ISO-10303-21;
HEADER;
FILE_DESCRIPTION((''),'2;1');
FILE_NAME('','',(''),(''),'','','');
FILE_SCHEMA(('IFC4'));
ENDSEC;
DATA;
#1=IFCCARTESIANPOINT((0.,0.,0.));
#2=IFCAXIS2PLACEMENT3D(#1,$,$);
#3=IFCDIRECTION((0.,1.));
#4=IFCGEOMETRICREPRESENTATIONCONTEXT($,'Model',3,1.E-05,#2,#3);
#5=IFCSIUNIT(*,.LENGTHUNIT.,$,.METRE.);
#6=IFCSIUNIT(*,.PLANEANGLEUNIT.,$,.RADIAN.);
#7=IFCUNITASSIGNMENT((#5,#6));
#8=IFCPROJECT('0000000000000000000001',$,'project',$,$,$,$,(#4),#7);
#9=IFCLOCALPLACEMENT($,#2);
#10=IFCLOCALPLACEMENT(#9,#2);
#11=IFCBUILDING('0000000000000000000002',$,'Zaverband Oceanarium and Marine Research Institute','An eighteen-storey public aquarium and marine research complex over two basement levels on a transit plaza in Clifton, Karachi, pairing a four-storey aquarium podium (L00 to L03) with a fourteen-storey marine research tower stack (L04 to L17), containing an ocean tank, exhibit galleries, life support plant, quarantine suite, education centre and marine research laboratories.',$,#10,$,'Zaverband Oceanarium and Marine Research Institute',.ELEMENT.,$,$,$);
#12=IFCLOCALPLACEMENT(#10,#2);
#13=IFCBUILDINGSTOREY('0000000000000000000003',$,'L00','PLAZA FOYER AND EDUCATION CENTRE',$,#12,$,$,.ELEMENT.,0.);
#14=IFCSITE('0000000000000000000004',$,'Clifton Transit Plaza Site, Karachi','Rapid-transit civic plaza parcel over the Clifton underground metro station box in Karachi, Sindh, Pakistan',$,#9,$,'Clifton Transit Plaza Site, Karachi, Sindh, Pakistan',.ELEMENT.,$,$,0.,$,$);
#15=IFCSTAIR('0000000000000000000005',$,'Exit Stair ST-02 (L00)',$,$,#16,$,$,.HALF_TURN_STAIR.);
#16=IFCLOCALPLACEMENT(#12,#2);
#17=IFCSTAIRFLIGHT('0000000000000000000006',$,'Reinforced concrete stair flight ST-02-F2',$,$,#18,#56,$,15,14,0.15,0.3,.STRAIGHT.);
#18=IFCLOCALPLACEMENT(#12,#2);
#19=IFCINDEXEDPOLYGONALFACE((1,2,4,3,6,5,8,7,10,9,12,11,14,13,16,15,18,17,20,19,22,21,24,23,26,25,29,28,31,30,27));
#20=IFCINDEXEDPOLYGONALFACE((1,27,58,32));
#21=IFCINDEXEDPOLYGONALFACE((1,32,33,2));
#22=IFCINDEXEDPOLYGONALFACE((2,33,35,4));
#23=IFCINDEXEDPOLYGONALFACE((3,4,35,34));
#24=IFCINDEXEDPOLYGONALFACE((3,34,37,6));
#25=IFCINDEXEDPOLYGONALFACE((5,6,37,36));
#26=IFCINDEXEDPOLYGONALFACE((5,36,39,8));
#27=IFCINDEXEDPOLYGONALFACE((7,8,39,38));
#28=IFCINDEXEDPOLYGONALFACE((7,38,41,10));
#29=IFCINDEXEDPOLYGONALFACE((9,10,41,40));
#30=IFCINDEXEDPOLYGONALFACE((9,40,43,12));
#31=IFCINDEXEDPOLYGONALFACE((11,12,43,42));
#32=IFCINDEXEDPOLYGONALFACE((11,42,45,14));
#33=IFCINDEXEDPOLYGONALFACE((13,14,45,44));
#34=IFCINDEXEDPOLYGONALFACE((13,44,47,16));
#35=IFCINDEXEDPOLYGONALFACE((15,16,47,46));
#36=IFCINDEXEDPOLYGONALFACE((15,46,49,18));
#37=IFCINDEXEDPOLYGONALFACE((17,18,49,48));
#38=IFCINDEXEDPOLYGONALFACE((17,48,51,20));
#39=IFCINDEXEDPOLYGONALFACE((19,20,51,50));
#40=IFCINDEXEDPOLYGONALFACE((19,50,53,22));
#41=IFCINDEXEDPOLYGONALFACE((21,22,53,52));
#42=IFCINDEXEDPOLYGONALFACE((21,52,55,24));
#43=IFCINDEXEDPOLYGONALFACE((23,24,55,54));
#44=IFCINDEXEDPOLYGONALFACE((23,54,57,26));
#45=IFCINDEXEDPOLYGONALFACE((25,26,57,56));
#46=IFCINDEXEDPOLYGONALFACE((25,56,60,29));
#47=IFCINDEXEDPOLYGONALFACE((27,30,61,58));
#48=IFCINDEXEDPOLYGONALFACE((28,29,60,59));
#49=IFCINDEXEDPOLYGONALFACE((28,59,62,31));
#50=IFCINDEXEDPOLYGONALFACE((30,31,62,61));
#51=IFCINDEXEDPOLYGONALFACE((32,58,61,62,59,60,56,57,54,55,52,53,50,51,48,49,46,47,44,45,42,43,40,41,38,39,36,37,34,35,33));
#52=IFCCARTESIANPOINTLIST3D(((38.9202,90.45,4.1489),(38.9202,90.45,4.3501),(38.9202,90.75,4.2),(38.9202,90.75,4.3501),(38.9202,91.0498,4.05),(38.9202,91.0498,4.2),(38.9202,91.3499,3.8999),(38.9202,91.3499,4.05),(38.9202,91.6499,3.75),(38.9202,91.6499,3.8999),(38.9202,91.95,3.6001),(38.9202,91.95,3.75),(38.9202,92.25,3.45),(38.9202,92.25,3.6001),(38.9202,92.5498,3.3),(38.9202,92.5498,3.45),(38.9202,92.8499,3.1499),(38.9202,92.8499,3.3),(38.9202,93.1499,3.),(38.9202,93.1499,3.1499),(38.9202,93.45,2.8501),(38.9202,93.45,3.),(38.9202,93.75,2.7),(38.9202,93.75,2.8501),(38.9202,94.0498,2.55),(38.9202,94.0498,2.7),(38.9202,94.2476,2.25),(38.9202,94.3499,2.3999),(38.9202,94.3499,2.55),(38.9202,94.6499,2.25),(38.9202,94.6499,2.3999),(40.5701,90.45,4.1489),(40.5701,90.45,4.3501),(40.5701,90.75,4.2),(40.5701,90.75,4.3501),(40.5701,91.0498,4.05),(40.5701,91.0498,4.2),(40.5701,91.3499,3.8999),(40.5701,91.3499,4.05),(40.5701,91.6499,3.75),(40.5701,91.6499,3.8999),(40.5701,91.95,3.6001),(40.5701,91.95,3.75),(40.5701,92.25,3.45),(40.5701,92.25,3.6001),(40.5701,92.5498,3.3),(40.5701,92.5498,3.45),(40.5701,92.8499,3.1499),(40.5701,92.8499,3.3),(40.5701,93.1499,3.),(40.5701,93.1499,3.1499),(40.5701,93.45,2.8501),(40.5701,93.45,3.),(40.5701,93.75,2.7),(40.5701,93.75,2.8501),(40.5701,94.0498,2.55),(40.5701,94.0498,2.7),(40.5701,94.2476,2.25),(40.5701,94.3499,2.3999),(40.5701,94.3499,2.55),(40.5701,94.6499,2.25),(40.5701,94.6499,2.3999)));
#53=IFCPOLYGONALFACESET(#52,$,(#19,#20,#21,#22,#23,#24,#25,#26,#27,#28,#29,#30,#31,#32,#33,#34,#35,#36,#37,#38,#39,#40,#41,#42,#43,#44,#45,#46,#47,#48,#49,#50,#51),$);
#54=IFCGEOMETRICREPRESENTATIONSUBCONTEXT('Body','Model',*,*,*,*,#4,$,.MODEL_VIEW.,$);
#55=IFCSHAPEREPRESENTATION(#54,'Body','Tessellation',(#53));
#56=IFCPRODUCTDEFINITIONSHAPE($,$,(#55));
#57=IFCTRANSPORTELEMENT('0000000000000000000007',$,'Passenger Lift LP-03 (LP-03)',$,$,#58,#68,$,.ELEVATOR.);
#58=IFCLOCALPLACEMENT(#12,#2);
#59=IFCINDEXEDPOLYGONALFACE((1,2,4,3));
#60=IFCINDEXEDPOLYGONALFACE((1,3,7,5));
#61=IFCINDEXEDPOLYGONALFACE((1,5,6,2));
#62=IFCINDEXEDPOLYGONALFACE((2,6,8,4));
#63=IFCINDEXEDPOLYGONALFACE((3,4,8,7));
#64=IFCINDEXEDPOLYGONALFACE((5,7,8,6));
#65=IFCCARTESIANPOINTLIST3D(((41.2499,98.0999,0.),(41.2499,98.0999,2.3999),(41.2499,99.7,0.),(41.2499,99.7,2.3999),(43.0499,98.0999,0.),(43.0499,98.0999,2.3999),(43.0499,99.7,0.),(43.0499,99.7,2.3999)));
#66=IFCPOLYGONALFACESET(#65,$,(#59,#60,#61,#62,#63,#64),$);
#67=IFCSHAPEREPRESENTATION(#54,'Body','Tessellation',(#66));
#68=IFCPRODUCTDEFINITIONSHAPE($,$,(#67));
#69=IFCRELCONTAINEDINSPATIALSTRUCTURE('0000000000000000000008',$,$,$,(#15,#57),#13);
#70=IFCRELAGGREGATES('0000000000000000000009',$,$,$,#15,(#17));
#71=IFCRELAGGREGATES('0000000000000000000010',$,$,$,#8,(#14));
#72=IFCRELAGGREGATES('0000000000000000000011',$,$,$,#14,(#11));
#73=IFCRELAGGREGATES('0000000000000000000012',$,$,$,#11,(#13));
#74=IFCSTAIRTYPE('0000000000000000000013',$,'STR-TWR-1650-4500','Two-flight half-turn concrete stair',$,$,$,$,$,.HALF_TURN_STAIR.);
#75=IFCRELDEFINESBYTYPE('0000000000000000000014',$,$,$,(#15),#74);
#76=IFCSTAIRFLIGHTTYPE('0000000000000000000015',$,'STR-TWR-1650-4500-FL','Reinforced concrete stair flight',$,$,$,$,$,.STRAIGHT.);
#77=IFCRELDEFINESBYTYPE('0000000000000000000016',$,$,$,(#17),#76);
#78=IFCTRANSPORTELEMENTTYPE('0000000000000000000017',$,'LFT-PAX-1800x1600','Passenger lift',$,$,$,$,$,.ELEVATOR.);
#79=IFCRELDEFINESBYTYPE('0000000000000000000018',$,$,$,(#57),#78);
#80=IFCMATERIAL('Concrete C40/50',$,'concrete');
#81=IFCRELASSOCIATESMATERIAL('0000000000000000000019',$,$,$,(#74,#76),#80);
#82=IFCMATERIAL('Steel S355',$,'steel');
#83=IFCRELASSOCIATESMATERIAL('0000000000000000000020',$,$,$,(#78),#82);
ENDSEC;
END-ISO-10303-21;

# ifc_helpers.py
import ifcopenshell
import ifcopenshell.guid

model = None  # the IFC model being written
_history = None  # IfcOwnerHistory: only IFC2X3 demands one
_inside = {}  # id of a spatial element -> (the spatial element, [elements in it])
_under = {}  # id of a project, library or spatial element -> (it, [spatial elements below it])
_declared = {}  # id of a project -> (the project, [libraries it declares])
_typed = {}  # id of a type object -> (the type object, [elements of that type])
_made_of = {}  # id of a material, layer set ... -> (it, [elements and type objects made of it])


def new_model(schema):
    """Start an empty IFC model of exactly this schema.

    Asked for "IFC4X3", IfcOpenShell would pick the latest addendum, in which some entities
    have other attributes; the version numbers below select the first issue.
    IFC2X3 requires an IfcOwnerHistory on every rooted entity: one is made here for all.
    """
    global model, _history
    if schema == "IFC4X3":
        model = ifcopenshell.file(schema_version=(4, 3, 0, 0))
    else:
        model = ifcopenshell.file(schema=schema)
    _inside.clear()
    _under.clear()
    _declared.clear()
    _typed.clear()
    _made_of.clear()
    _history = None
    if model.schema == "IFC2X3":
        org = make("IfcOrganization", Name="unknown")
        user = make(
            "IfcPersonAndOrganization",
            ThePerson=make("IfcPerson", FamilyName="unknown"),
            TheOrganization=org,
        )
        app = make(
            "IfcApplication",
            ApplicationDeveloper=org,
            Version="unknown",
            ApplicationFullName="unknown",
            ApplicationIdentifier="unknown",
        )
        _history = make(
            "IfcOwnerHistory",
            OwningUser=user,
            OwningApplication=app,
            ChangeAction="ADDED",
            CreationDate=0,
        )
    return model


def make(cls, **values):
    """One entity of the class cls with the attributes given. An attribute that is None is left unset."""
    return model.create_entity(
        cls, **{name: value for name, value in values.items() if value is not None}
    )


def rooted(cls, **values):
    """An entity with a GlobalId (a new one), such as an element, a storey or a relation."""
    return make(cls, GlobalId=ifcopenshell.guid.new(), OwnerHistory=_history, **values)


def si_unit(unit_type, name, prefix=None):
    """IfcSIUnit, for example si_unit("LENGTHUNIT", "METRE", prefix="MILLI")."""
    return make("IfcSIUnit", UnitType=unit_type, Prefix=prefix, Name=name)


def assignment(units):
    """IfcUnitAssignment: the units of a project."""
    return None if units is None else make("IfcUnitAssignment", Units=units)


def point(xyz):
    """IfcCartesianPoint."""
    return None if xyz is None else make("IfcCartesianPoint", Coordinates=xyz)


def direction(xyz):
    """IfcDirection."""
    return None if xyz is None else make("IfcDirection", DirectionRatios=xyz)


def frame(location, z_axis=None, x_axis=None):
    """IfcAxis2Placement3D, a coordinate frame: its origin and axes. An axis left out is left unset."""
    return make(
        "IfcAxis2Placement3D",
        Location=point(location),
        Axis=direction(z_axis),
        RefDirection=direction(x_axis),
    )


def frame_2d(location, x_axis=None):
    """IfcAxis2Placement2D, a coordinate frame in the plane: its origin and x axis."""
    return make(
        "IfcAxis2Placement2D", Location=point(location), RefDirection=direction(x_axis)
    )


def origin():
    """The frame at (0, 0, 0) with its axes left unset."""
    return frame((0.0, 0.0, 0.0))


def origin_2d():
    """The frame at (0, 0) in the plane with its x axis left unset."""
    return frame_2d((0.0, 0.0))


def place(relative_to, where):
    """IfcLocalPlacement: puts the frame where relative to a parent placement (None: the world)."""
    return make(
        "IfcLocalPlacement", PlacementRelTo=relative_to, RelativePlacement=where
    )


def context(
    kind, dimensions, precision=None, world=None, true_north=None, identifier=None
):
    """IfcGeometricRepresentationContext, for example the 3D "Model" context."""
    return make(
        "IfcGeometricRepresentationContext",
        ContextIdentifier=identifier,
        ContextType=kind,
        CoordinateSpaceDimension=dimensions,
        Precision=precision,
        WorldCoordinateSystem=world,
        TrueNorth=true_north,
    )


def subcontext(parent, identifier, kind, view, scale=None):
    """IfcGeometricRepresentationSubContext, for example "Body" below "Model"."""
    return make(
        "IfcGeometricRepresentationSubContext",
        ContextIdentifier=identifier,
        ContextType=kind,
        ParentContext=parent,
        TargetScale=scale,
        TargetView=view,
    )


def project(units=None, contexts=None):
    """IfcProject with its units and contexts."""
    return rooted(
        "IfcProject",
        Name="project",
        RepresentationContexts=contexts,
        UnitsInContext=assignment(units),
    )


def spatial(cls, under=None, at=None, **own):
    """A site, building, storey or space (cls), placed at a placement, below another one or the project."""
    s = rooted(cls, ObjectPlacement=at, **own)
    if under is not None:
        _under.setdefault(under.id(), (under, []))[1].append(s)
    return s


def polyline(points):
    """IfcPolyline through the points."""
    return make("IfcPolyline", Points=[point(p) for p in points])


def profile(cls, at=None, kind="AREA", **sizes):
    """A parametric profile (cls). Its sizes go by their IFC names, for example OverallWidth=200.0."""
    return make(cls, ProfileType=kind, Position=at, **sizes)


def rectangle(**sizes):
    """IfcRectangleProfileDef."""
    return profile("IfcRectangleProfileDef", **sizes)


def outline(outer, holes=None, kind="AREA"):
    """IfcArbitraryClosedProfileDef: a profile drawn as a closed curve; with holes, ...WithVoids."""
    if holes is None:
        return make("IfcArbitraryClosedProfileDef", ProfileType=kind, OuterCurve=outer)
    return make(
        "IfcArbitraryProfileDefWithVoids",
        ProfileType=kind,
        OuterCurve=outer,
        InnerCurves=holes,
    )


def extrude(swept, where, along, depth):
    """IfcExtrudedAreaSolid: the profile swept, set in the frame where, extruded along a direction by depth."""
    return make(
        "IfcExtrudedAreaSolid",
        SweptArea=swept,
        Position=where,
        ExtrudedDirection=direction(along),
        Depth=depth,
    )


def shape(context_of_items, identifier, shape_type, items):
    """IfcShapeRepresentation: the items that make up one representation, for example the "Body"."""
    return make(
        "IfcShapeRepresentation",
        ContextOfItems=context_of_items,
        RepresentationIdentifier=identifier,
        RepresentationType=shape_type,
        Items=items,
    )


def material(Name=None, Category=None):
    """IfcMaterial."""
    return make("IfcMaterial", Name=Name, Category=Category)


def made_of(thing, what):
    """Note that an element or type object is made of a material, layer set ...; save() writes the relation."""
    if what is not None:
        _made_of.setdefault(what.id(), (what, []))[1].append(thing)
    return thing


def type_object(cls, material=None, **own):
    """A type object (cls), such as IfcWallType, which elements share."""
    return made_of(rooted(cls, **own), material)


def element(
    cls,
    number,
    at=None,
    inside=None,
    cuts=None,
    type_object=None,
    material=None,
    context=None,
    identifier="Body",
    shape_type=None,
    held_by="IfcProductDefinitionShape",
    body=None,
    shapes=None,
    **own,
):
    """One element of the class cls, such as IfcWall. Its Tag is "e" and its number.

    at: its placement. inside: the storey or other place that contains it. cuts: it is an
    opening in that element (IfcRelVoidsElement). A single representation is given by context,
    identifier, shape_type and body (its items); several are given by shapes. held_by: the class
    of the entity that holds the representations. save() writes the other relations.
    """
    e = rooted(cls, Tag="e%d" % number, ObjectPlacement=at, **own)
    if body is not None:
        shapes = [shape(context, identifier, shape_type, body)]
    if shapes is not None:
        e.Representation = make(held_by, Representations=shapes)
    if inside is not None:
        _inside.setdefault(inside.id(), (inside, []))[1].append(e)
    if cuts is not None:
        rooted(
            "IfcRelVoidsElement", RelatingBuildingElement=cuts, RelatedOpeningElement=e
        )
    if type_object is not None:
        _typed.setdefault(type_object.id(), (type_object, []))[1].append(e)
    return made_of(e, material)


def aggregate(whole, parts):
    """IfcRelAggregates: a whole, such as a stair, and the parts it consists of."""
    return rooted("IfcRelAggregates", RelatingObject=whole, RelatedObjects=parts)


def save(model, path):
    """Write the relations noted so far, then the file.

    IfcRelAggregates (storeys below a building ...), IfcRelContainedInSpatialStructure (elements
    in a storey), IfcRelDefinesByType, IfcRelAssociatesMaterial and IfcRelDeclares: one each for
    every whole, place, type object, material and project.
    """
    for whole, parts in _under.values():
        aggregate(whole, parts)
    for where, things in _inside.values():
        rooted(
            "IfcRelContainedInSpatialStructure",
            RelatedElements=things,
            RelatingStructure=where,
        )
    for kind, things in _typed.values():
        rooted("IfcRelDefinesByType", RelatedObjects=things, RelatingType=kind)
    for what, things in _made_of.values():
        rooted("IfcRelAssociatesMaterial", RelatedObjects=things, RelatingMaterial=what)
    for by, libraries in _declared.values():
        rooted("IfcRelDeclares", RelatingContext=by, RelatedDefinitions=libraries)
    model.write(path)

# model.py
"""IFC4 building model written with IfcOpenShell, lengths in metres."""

from ifc_helpers import new_model, si_unit, direction, frame, origin, origin_2d, place, context, subcontext, project, spatial, polyline, rectangle, outline, extrude, material, type_object, element, aggregate, save


model = new_model("IFC4")

# Units and contexts
model_context = context("Model", 3, precision=1e-05, world=origin(), true_north=direction((0.0, 1.0)))
body_context = subcontext(model_context, "Body", "Model", "MODEL_VIEW")
ifc_project = project(units=[si_unit("LENGTHUNIT", "METRE"), si_unit("PLANEANGLEUNIT", "RADIAN")], contexts=[model_context])

# Site, building, storey
site_placement = place(None, origin())
site = spatial("IfcSite", under=ifc_project, at=site_placement, Name="Clifton Transit Plaza Site, Karachi", Description="Rapid-transit civic plaza parcel over the Clifton underground metro station box in Karachi, Sindh, Pakistan", LongName="Clifton Transit Plaza Site, Karachi, Sindh, Pakistan", CompositionType="ELEMENT", RefElevation=0.0)
building_placement = place(site_placement, origin())
building = spatial("IfcBuilding", under=site, at=building_placement, Name="Zaverband Oceanarium and Marine Research Institute", Description="An eighteen-storey public aquarium and marine research complex over two basement levels on a transit plaza in Clifton, Karachi, pairing a four-storey aquarium podium (L00 to L03) with a fourteen-storey marine research tower stack (L04 to L17), containing an ocean tank, exhibit galleries, life support plant, quarantine suite, education centre and marine research laboratories.", LongName="Zaverband Oceanarium and Marine Research Institute", CompositionType="ELEMENT")
storey_placement = place(building_placement, origin())
storey = spatial("IfcBuildingStorey", under=building, at=storey_placement, Name="L00", Description="PLAZA FOYER AND EDUCATION CENTRE", CompositionType="ELEMENT", Elevation=0.0)

# Shared definitions
ifc_material_1 = material(Name="Concrete C40/50", Category="concrete")

# Shared definitions
ifc_material_2 = material(Name="Steel S355", Category="steel")

# Stair, stair flight
stair_type = type_object("IfcStairType", Name="STR-TWR-1650-4500", Description="Two-flight half-turn concrete stair", PredefinedType="HALF_TURN_STAIR", material=ifc_material_1)
stair_placement = place(storey_placement, origin())
stair = element("IfcStair", 1, at=stair_placement, inside=storey, type_object=stair_type, Name="Exit Stair ST-02 (L00)", PredefinedType="HALF_TURN_STAIR")
stair_flight_type = type_object("IfcStairFlightType", Name="STR-TWR-1650-4500-FL", Description="Reinforced concrete stair flight", PredefinedType="STRAIGHT", material=ifc_material_1)
stair_flight_1_placement = place(storey_placement, frame((39.7451, 94.6499, 2.25), z_axis=(0.0, 0.0, 1.0), x_axis=(0.0, -1.0, 0.0)))
stair_flight_1 = element("IfcStairFlight", 2, at=stair_flight_1_placement, type_object=stair_flight_type, Name="Reinforced concrete stair flight ST-02-F2", NumberOfRisers=15, NumberOfTreads=14, PredefinedType="STRAIGHT", RiserHeight=0.15, TreadLength=0.3, context=body_context, shape_type="SweptSolid", body=[
    extrude(outline(polyline([(0.0, 0.0), (0.0, 0.1499), (0.3, 0.1499), (0.3, 0.3), (0.6001, 0.3), (0.6001, 0.45), (0.8999, 0.45), (0.8999, 0.6001), (1.2, 0.6001), (1.2, 0.75), (1.5, 0.75), (1.5, 0.8999), (1.8, 0.8999), (1.8, 1.05), (2.1001, 1.05), (2.1001, 1.2), (2.3999, 1.2), (2.3999, 1.3501), (2.7, 1.3501), (2.7, 1.5), (3.0, 1.5), (3.0, 1.6499), (3.3, 1.6499), (3.3, 1.8), (3.6001, 1.8), (3.6001, 1.95), (3.8999, 1.95), (3.8999, 2.1001), (4.2, 2.1001), (4.2, 2.25), (4.2, 1.8989), (0.4023, 0.0), (0.0, 0.0)])), frame((0.0, 0.825, 0.0), z_axis=(0.0, -1.0, 0.0), x_axis=(1.0, 0.0, 0.0)), (0.0, 0.0, 1.0), 1.6499),
])
aggregate(stair, [stair_flight_1])

# Transport element
transport_element_type = type_object("IfcTransportElementType", Name="LFT-PAX-1800x1600", Description="Passenger lift", PredefinedType="ELEVATOR", material=ifc_material_2)
transport_element_placement = place(storey_placement, frame((42.1499, 98.8999, 0.0), z_axis=(0.0, 0.0, 1.0), x_axis=(1.0, 0.0, 0.0)))
element("IfcTransportElement", 3, at=transport_element_placement, inside=storey, type_object=transport_element_type, Name="Passenger Lift LP-03 (LP-03)", PredefinedType="ELEVATOR", context=body_context, shape_type="SweptSolid", body=[
    extrude(rectangle(XDim=1.8, YDim=1.6001, at=origin_2d()), origin(), (0.0, 0.0, 1.0), 2.3999),
])

save(model, "model.ifc")
